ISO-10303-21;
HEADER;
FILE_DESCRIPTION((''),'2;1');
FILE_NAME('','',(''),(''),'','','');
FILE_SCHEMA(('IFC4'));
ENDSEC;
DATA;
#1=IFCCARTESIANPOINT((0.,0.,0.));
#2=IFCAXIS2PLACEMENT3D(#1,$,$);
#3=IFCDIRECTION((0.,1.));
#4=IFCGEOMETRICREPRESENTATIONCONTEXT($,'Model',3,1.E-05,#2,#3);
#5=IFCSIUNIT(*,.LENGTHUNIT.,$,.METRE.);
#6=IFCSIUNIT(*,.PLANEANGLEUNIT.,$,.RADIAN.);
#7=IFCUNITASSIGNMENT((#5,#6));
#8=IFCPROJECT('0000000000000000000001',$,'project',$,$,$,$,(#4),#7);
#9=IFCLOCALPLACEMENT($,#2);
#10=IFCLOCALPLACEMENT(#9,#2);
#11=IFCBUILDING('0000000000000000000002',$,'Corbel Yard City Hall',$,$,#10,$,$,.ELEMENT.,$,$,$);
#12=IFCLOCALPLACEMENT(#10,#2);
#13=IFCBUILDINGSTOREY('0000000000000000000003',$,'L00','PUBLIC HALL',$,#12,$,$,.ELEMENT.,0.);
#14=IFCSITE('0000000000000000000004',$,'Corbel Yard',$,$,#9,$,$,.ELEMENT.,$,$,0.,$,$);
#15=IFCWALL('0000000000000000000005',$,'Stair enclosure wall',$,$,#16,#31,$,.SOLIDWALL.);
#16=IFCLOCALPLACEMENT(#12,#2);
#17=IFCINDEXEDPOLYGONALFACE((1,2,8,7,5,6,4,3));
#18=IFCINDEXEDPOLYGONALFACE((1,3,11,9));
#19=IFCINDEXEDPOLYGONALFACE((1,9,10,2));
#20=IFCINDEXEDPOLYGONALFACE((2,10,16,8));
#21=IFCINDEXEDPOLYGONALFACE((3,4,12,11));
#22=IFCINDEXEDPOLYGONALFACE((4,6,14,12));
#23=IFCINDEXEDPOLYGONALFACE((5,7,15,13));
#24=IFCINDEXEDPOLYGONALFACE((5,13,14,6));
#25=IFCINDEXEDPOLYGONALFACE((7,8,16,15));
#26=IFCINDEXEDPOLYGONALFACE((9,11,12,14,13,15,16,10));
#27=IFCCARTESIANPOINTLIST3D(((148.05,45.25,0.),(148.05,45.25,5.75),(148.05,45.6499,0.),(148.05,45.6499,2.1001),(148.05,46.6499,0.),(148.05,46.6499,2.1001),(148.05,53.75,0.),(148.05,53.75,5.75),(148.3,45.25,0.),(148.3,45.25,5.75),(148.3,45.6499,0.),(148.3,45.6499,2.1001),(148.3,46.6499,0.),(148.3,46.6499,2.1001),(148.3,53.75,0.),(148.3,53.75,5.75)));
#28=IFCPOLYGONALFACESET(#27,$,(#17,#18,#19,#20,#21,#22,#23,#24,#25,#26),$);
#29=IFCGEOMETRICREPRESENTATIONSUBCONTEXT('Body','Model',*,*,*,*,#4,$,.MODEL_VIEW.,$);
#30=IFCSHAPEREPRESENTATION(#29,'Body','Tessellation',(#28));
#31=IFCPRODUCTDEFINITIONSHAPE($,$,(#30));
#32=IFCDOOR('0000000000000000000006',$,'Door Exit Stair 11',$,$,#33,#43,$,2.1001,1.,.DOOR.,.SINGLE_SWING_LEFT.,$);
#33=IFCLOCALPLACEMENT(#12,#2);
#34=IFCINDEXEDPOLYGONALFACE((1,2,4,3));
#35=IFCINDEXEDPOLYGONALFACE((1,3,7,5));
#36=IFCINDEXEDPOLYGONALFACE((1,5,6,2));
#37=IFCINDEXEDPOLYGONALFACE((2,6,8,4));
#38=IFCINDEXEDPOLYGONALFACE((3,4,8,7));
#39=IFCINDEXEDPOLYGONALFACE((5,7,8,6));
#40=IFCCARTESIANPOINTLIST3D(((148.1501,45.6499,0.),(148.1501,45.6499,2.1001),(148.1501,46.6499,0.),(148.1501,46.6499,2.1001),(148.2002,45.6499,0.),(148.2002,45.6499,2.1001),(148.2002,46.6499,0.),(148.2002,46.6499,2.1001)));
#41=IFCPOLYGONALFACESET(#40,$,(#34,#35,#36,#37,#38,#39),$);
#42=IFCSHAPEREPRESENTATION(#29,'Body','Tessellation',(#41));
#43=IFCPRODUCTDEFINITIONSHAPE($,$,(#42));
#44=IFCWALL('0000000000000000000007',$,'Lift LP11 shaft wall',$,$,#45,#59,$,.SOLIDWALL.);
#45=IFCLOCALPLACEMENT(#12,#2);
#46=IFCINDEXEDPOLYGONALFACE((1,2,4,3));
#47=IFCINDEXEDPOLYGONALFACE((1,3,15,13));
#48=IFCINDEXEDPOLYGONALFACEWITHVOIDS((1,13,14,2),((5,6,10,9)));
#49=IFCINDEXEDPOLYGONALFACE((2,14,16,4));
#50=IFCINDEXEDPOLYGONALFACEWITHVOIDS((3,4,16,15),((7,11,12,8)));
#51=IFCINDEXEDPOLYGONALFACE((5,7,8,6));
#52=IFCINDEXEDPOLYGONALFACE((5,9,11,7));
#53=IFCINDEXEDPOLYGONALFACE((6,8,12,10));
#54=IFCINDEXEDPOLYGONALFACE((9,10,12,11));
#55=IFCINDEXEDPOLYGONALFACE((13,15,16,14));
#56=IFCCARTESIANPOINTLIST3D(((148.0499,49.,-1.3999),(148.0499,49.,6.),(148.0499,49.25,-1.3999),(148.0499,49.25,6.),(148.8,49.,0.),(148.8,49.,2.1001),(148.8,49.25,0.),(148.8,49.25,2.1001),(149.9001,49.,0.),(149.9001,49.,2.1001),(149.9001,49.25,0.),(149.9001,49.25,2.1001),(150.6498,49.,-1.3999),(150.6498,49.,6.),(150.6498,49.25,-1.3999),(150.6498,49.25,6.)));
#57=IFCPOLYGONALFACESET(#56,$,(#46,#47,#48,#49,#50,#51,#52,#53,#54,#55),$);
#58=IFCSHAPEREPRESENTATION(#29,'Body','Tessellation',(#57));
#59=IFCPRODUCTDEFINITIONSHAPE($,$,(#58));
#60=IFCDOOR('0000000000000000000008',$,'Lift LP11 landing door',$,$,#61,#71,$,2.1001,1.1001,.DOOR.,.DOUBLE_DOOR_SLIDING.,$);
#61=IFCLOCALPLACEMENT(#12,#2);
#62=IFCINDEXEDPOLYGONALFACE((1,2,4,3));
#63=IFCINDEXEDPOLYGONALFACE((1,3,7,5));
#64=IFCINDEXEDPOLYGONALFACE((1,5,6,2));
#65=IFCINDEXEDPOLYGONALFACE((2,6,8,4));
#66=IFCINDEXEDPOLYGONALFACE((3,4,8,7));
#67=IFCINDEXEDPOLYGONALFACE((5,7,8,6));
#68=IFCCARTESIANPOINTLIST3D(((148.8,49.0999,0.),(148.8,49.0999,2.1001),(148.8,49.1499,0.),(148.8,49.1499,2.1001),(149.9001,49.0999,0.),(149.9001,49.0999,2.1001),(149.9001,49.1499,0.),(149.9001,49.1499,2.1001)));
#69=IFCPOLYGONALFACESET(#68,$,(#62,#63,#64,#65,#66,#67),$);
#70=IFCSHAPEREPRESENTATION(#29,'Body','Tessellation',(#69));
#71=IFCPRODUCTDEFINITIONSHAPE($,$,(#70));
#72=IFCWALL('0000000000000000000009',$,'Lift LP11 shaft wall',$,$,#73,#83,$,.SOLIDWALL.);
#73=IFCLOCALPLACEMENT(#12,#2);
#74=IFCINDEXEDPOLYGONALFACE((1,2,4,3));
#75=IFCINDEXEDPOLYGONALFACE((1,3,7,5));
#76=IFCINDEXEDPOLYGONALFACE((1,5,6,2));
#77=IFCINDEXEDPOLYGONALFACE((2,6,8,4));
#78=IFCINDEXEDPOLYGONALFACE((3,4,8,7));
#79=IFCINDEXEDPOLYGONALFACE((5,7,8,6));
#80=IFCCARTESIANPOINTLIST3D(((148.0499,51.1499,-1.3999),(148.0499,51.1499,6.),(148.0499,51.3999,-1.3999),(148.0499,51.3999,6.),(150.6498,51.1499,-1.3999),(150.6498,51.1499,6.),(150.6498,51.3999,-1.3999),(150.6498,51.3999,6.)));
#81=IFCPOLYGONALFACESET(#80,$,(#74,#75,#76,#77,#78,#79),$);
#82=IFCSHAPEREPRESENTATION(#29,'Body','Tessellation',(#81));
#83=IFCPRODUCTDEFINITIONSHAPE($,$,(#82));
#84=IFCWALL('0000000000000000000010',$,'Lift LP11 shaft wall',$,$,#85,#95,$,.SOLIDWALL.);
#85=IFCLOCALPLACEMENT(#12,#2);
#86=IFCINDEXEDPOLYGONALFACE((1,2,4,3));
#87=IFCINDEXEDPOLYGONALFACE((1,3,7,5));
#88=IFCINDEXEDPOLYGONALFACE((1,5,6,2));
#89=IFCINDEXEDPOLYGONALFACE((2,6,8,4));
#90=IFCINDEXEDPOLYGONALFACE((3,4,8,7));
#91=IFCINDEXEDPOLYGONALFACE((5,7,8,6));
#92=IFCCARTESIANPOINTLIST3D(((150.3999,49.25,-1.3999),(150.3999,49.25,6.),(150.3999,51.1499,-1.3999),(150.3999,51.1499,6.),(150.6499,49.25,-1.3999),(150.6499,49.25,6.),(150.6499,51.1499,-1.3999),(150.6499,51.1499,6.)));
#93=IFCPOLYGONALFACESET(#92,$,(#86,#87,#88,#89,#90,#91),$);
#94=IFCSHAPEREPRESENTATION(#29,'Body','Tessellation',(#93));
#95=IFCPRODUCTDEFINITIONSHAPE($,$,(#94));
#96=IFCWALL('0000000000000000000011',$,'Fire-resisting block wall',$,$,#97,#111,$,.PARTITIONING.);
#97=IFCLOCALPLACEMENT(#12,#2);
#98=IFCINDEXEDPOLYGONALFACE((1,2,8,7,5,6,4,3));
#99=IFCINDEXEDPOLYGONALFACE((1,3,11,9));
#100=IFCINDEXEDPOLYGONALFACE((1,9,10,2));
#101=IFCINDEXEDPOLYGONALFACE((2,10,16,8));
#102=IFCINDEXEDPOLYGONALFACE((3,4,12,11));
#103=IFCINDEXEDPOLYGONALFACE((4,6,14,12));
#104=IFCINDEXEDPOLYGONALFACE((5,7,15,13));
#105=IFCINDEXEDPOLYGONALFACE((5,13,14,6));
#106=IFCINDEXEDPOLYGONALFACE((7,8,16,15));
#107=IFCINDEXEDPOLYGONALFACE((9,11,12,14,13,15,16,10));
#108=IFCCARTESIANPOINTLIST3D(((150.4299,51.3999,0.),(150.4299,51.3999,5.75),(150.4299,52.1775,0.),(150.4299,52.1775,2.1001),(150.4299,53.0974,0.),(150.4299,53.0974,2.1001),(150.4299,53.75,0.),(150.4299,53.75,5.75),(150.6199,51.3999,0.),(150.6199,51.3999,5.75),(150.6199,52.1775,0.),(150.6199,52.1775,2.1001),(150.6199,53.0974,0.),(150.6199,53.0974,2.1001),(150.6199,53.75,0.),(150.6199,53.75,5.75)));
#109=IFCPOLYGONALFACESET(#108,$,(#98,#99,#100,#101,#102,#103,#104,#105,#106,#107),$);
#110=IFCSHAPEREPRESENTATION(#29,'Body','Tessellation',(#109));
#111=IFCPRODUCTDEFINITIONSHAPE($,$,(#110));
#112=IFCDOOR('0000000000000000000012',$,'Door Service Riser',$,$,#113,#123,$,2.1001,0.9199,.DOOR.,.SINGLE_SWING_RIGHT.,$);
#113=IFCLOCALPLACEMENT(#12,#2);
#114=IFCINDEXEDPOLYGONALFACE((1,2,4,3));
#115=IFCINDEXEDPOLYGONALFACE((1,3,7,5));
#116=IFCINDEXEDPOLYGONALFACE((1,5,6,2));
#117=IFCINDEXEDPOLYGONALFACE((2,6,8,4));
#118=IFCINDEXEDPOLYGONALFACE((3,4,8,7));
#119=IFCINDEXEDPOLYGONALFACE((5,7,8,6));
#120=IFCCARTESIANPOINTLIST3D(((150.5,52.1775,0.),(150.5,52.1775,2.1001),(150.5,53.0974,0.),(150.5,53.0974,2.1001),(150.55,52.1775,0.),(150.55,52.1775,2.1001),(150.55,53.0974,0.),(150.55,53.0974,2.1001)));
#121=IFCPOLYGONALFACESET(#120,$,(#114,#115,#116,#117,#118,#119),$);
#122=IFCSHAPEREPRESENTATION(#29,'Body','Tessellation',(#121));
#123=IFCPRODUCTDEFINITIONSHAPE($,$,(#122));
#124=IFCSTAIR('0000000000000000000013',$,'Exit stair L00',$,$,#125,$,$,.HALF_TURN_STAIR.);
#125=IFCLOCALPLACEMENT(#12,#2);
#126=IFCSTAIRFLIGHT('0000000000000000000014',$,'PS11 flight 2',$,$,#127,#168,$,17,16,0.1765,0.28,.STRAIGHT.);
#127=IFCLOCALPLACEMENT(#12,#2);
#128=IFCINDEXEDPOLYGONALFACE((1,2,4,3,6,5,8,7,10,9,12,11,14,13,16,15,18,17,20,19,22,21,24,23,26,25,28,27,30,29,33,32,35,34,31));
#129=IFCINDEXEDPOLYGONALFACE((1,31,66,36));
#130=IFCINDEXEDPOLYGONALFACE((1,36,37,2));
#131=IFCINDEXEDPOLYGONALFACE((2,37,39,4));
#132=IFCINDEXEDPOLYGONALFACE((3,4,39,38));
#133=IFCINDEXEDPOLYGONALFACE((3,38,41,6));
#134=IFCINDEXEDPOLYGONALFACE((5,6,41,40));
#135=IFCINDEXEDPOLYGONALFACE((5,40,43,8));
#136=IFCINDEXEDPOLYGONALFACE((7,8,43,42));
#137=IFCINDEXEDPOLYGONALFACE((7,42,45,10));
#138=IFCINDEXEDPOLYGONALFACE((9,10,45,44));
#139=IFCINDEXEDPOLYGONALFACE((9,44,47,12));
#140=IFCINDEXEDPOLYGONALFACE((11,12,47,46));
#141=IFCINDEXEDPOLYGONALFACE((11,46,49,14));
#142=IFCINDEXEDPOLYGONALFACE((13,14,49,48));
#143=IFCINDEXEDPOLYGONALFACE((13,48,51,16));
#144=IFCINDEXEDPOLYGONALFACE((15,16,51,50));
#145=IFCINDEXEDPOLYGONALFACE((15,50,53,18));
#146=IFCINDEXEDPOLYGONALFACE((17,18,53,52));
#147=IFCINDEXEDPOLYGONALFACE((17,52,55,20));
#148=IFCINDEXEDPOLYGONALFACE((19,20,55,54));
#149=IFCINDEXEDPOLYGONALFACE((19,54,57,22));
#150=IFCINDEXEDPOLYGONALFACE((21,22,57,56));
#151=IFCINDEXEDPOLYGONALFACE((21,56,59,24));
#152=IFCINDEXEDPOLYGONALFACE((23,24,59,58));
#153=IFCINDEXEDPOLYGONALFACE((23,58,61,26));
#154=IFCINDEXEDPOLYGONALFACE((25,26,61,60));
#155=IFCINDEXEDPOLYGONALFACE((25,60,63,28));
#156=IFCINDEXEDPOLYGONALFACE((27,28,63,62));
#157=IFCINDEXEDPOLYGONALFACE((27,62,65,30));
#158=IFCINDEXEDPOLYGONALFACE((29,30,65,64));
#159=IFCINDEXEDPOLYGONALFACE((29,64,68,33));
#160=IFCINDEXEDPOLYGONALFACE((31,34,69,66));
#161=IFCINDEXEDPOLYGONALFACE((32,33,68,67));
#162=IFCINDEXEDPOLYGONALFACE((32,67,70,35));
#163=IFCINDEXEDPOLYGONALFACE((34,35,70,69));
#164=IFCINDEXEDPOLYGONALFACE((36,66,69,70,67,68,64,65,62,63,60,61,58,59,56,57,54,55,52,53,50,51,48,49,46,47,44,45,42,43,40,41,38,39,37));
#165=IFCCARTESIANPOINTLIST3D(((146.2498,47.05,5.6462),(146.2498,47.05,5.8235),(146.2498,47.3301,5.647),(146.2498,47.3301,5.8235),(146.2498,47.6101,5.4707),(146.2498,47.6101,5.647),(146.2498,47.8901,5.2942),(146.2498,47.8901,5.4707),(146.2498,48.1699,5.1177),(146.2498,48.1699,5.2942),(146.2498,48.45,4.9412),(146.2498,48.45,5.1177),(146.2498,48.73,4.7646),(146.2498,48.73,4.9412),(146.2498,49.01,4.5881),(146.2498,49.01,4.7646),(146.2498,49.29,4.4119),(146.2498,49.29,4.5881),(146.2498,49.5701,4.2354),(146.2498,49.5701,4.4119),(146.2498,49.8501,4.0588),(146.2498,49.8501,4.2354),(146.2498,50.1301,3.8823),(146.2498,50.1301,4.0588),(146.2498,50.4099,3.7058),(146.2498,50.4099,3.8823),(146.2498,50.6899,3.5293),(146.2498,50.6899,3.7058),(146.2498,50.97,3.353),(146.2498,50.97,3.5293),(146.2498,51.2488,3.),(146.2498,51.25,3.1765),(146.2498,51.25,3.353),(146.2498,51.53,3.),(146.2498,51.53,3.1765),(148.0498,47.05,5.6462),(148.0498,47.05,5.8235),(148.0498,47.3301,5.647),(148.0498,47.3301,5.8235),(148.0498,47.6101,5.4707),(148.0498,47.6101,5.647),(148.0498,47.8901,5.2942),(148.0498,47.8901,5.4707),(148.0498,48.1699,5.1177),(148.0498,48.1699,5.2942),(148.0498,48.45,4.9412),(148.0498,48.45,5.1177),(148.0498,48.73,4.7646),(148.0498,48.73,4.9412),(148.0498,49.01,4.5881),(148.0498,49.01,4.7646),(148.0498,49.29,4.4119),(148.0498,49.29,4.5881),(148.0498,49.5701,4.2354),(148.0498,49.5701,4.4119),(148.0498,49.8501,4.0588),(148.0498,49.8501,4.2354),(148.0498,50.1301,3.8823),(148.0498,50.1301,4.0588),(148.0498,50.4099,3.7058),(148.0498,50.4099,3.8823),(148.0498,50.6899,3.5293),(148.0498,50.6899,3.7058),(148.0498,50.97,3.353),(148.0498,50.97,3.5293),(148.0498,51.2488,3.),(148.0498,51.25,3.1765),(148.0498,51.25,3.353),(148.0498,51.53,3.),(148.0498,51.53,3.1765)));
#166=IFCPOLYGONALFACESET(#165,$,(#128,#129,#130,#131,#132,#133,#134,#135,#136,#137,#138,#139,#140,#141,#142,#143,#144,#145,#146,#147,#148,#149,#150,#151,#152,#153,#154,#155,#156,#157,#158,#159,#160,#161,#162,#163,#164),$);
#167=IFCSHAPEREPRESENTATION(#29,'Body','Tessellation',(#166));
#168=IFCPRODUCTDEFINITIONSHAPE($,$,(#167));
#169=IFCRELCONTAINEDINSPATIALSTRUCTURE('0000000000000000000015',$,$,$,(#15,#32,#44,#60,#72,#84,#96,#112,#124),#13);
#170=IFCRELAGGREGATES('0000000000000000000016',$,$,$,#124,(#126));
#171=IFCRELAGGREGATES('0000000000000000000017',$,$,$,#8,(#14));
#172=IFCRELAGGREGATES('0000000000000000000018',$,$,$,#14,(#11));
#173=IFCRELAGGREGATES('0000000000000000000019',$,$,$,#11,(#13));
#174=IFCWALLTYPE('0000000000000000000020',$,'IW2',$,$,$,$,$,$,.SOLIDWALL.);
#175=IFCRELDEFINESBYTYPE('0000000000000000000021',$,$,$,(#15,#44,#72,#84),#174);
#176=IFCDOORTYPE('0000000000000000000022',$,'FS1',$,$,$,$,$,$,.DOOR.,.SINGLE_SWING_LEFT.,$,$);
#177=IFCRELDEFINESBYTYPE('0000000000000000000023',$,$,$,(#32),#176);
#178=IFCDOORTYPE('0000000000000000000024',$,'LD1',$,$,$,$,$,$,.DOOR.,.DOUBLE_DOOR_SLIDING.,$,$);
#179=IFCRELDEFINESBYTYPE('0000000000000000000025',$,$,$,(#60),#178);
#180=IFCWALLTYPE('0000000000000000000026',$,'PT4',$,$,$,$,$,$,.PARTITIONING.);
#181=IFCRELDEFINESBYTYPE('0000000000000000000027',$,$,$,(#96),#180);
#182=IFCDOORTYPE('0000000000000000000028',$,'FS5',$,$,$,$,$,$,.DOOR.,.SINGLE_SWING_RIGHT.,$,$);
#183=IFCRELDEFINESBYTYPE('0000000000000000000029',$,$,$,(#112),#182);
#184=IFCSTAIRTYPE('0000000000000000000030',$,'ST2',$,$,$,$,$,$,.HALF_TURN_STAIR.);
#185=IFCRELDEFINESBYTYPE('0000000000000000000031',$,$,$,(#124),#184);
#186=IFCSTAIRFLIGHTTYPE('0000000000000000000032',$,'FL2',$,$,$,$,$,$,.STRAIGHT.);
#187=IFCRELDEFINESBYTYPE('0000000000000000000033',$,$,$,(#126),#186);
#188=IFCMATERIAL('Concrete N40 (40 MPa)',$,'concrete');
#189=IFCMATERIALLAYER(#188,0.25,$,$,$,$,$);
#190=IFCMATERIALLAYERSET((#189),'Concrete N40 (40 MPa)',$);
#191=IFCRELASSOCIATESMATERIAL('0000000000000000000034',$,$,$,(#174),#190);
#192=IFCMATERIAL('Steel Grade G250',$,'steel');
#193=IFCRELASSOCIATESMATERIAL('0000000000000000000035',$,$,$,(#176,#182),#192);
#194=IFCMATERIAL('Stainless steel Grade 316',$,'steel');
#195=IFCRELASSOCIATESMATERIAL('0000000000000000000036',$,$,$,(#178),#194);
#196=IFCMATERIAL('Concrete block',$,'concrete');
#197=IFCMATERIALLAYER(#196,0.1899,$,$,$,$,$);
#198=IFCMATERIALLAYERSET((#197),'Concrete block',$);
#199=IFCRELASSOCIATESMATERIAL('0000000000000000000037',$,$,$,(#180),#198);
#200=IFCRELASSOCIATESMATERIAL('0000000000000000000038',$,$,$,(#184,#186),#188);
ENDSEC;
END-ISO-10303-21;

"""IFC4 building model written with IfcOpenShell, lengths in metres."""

from ifc_helpers import new_model, si_unit, direction, frame, frame_2d, origin, place, context, subcontext, project, spatial, polyline, rectangle, outline, extrude, material, layer, layer_set, type_object, element, fill, aggregate, save


model = new_model("IFC4")

# Units and contexts
model_context = context("Model", 3, precision=1e-05, world=origin(), true_north=direction((0.0, 1.0)))
body_context = subcontext(model_context, "Body", "Model", "MODEL_VIEW")
ifc_project = project(units=[si_unit("LENGTHUNIT", "METRE"), si_unit("PLANEANGLEUNIT", "RADIAN")], contexts=[model_context])

# Site, building, storey
site_placement = place(None, origin())
site = spatial("IfcSite", under=ifc_project, at=site_placement, Name="Corbel Yard", CompositionType="ELEMENT", RefElevation=0.0)
building_placement = place(site_placement, origin())
building = spatial("IfcBuilding", under=site, at=building_placement, Name="Corbel Yard City Hall", CompositionType="ELEMENT")
storey_placement = place(building_placement, origin())
storey = spatial("IfcBuildingStorey", under=building, at=storey_placement, Name="L00", Description="PUBLIC HALL", CompositionType="ELEMENT", Elevation=0.0)

# Shared definitions
ifc_material_1 = material(Name="Concrete N40 (40 MPa)", Category="concrete")

# Walls, openings, doors
ifc_layer_1 = layer(ifc_material_1, 0.25)
ifc_layer_set_1 = layer_set([ifc_layer_1], Name="Concrete N40 (40 MPa)")
wall_type_1 = type_object("IfcWallType", Name="IW2", PredefinedType="SOLIDWALL", material=ifc_layer_set_1)
wall_1_placement = place(storey_placement, frame((148.175, 45.25, 0.0), z_axis=(0.0, 0.0, 1.0), x_axis=(0.0, 1.0, 0.0)))
wall_1 = element("IfcWall", 1, at=wall_1_placement, inside=storey, type_object=wall_type_1, Name="Stair enclosure wall", PredefinedType="SOLIDWALL", context=body_context, shape_type="SweptSolid", body=[
    extrude(rectangle(XDim=8.5, YDim=0.25, at=frame_2d((4.25, 0.0))), origin(), (0.0, 0.0, 1.0), 5.75),
])
opening_1_placement = place(wall_1_placement, frame((0.3999, 0.0, 0.0)))
opening_1 = element("IfcOpeningElement", 2, at=opening_1_placement, cuts=wall_1, PredefinedType="OPENING", context=body_context, shape_type="SweptSolid", body=[
    extrude(rectangle(XDim=1.0, YDim=2.1001, at=frame_2d((0.5, 1.05))), frame((0.0, 0.135, 0.0), z_axis=(0.0, -1.0, 0.0), x_axis=(1.0, 0.0, 0.0)), (0.0, 0.0, 1.0), 0.27),
])
ifc_material_2 = material(Name="Steel Grade G250", Category="steel")
door_type_1 = type_object("IfcDoorType", Name="FS1", OperationType="SINGLE_SWING_LEFT", PredefinedType="DOOR", material=ifc_material_2)
door_1_placement = place(opening_1_placement, origin())
door_1 = element("IfcDoor", 3, at=door_1_placement, inside=storey, type_object=door_type_1, Name="Door Exit Stair 11", OperationType="SINGLE_SWING_LEFT", OverallHeight=2.1001, OverallWidth=1.0, PredefinedType="DOOR", context=body_context, shape_type="SweptSolid", body=[
    extrude(rectangle(XDim=1.0, YDim=2.1001, at=frame_2d((0.5, 1.05))), frame((0.0, 0.0249, 0.0), z_axis=(0.0, -1.0, 0.0), x_axis=(1.0, 0.0, 0.0)), (0.0, 0.0, 1.0), 0.05),
])
fill(opening_1, door_1)
wall_2_placement = place(storey_placement, frame((148.05, 49.125, -1.3999), z_axis=(0.0, 0.0, 1.0), x_axis=(1.0, 0.0, 0.0)))
wall_2 = element("IfcWall", 4, at=wall_2_placement, inside=storey, type_object=wall_type_1, Name="Lift LP11 shaft wall", PredefinedType="SOLIDWALL", context=body_context, shape_type="SweptSolid", body=[
    extrude(rectangle(XDim=2.5999, YDim=0.25, at=frame_2d((1.2998, 0.0))), origin(), (0.0, 0.0, 1.0), 7.3999),
])
opening_2_placement = place(wall_2_placement, frame((0.75, 0.0, 1.3999)))
opening_2 = element("IfcOpeningElement", 5, at=opening_2_placement, cuts=wall_2, PredefinedType="OPENING", context=body_context, shape_type="SweptSolid", body=[
    extrude(rectangle(XDim=1.1001, YDim=2.1001, at=frame_2d((0.55, 1.05))), frame((0.0, 0.135, 0.0), z_axis=(0.0, -1.0, 0.0), x_axis=(1.0, 0.0, 0.0)), (0.0, 0.0, 1.0), 0.27),
])
ifc_material_3 = material(Name="Stainless steel Grade 316", Category="steel")
door_type_2 = type_object("IfcDoorType", Name="LD1", OperationType="DOUBLE_DOOR_SLIDING", PredefinedType="DOOR", material=ifc_material_3)
door_2_placement = place(opening_2_placement, origin())
door_2 = element("IfcDoor", 6, at=door_2_placement, inside=storey, type_object=door_type_2, Name="Lift LP11 landing door", OperationType="DOUBLE_DOOR_SLIDING", OverallHeight=2.1001, OverallWidth=1.1001, PredefinedType="DOOR", context=body_context, shape_type="SweptSolid", body=[
    extrude(rectangle(XDim=1.1001, YDim=2.1001, at=frame_2d((0.55, 1.05))), frame((0.0, 0.0249, 0.0), z_axis=(0.0, -1.0, 0.0), x_axis=(1.0, 0.0, 0.0)), (0.0, 0.0, 1.0), 0.05),
])
fill(opening_2, door_2)

# Walls
wall_3_placement = place(storey_placement, frame((148.05, 51.2749, -1.3999), z_axis=(0.0, 0.0, 1.0), x_axis=(1.0, 0.0, 0.0)))
element("IfcWall", 7, at=wall_3_placement, inside=storey, type_object=wall_type_1, Name="Lift LP11 shaft wall", PredefinedType="SOLIDWALL", context=body_context, shape_type="SweptSolid", body=[
    extrude(rectangle(XDim=2.5999, YDim=0.25, at=frame_2d((1.2998, 0.0))), origin(), (0.0, 0.0, 1.0), 7.3999),
])
wall_4_placement = place(storey_placement, frame((150.5249, 49.25, -1.3999), z_axis=(0.0, 0.0, 1.0), x_axis=(0.0, 1.0, 0.0)))
element("IfcWall", 8, at=wall_4_placement, inside=storey, type_object=wall_type_1, Name="Lift LP11 shaft wall", PredefinedType="SOLIDWALL", context=body_context, shape_type="SweptSolid", body=[
    extrude(rectangle(XDim=1.8999, YDim=0.25, at=frame_2d((0.95, 0.0))), origin(), (0.0, 0.0, 1.0), 7.3999),
])

# Wall, opening, door
ifc_material_4 = material(Name="Concrete block", Category="concrete")
ifc_layer_2 = layer(ifc_material_4, 0.1899)
ifc_layer_set_2 = layer_set([ifc_layer_2], Name="Concrete block")
wall_type_2 = type_object("IfcWallType", Name="PT4", PredefinedType="PARTITIONING", material=ifc_layer_set_2)
wall_5_placement = place(storey_placement, frame((150.5249, 51.3999, 0.0), z_axis=(0.0, 0.0, 1.0), x_axis=(0.0, 1.0, 0.0)))
wall_5 = element("IfcWall", 9, at=wall_5_placement, inside=storey, type_object=wall_type_2, Name="Fire-resisting block wall", PredefinedType="PARTITIONING", context=body_context, shape_type="SweptSolid", body=[
    extrude(rectangle(XDim=2.3501, YDim=0.1899, at=frame_2d((1.175, 0.0))), origin(), (0.0, 0.0, 1.0), 5.75),
])
opening_3_placement = place(wall_5_placement, frame((0.7776, 0.0, 0.0)))
opening_3 = element("IfcOpeningElement", 10, at=opening_3_placement, cuts=wall_5, PredefinedType="OPENING", context=body_context, shape_type="SweptSolid", body=[
    extrude(rectangle(XDim=0.9199, YDim=2.1001, at=frame_2d((0.46, 1.05))), frame((0.0, 0.105, 0.0), z_axis=(0.0, -1.0, 0.0), x_axis=(1.0, 0.0, 0.0)), (0.0, 0.0, 1.0), 0.21),
])
door_type_3 = type_object("IfcDoorType", Name="FS5", OperationType="SINGLE_SWING_RIGHT", PredefinedType="DOOR", material=ifc_material_2)
door_3_placement = place(opening_3_placement, origin())
door_3 = element("IfcDoor", 11, at=door_3_placement, inside=storey, type_object=door_type_3, Name="Door Service Riser", OperationType="SINGLE_SWING_RIGHT", OverallHeight=2.1001, OverallWidth=0.9199, PredefinedType="DOOR", context=body_context, shape_type="SweptSolid", body=[
    extrude(rectangle(XDim=0.9199, YDim=2.1001, at=frame_2d((0.46, 1.05))), frame((0.0, 0.0249, 0.0), z_axis=(0.0, -1.0, 0.0), x_axis=(1.0, 0.0, 0.0)), (0.0, 0.0, 1.0), 0.05),
])
fill(opening_3, door_3)

# Stair, stair flight
stair_type = type_object("IfcStairType", Name="ST2", PredefinedType="HALF_TURN_STAIR", material=ifc_material_1)
stair_placement = place(storey_placement, origin())
stair = element("IfcStair", 12, at=stair_placement, inside=storey, type_object=stair_type, Name="Exit stair L00", PredefinedType="HALF_TURN_STAIR")
stair_flight_type = type_object("IfcStairFlightType", Name="FL2", PredefinedType="STRAIGHT", material=ifc_material_1)
stair_flight_placement = place(storey_placement, frame((147.1499, 51.53, 3.0), z_axis=(0.0, 0.0, 1.0), x_axis=(0.0, -1.0, 0.0)))
stair_flight = element("IfcStairFlight", 13, at=stair_flight_placement, type_object=stair_flight_type, Name="PS11 flight 2", NumberOfRisers=17, NumberOfTreads=16, PredefinedType="STRAIGHT", RiserHeight=0.1765, TreadLength=0.28, context=body_context, shape_type="SweptSolid", body=[
    extrude(outline(polyline([(0.0, 0.0), (0.0, 0.1765), (0.28, 0.1765), (0.28, 0.353), (0.5601, 0.353), (0.5601, 0.5293), (0.8401, 0.5293), (0.8401, 0.7058), (1.1201, 0.7058), (1.1201, 0.8823), (1.3999, 0.8823), (1.3999, 1.0588), (1.6799, 1.0588), (1.6799, 1.2354), (1.96, 1.2354), (1.96, 1.4119), (2.24, 1.4119), (2.24, 1.5881), (2.52, 1.5881), (2.52, 1.7646), (2.8, 1.7646), (2.8, 1.9412), (3.0801, 1.9412), (3.0801, 2.1177), (3.3601, 2.1177), (3.3601, 2.2942), (3.6399, 2.2942), (3.6399, 2.4707), (3.9199, 2.4707), (3.9199, 2.647), (4.2, 2.647), (4.2, 2.8235), (4.48, 2.8235), (4.48, 3.0), (4.48, 2.6462), (0.2812, 0.0), (0.0, 0.0)])), frame((0.0, 0.8999, 0.0), z_axis=(0.0, -1.0, 0.0), x_axis=(1.0, 0.0, 0.0)), (0.0, 0.0, 1.0), 1.8),
])
aggregate(stair, [stair_flight])

save(model, "model.ifc")
